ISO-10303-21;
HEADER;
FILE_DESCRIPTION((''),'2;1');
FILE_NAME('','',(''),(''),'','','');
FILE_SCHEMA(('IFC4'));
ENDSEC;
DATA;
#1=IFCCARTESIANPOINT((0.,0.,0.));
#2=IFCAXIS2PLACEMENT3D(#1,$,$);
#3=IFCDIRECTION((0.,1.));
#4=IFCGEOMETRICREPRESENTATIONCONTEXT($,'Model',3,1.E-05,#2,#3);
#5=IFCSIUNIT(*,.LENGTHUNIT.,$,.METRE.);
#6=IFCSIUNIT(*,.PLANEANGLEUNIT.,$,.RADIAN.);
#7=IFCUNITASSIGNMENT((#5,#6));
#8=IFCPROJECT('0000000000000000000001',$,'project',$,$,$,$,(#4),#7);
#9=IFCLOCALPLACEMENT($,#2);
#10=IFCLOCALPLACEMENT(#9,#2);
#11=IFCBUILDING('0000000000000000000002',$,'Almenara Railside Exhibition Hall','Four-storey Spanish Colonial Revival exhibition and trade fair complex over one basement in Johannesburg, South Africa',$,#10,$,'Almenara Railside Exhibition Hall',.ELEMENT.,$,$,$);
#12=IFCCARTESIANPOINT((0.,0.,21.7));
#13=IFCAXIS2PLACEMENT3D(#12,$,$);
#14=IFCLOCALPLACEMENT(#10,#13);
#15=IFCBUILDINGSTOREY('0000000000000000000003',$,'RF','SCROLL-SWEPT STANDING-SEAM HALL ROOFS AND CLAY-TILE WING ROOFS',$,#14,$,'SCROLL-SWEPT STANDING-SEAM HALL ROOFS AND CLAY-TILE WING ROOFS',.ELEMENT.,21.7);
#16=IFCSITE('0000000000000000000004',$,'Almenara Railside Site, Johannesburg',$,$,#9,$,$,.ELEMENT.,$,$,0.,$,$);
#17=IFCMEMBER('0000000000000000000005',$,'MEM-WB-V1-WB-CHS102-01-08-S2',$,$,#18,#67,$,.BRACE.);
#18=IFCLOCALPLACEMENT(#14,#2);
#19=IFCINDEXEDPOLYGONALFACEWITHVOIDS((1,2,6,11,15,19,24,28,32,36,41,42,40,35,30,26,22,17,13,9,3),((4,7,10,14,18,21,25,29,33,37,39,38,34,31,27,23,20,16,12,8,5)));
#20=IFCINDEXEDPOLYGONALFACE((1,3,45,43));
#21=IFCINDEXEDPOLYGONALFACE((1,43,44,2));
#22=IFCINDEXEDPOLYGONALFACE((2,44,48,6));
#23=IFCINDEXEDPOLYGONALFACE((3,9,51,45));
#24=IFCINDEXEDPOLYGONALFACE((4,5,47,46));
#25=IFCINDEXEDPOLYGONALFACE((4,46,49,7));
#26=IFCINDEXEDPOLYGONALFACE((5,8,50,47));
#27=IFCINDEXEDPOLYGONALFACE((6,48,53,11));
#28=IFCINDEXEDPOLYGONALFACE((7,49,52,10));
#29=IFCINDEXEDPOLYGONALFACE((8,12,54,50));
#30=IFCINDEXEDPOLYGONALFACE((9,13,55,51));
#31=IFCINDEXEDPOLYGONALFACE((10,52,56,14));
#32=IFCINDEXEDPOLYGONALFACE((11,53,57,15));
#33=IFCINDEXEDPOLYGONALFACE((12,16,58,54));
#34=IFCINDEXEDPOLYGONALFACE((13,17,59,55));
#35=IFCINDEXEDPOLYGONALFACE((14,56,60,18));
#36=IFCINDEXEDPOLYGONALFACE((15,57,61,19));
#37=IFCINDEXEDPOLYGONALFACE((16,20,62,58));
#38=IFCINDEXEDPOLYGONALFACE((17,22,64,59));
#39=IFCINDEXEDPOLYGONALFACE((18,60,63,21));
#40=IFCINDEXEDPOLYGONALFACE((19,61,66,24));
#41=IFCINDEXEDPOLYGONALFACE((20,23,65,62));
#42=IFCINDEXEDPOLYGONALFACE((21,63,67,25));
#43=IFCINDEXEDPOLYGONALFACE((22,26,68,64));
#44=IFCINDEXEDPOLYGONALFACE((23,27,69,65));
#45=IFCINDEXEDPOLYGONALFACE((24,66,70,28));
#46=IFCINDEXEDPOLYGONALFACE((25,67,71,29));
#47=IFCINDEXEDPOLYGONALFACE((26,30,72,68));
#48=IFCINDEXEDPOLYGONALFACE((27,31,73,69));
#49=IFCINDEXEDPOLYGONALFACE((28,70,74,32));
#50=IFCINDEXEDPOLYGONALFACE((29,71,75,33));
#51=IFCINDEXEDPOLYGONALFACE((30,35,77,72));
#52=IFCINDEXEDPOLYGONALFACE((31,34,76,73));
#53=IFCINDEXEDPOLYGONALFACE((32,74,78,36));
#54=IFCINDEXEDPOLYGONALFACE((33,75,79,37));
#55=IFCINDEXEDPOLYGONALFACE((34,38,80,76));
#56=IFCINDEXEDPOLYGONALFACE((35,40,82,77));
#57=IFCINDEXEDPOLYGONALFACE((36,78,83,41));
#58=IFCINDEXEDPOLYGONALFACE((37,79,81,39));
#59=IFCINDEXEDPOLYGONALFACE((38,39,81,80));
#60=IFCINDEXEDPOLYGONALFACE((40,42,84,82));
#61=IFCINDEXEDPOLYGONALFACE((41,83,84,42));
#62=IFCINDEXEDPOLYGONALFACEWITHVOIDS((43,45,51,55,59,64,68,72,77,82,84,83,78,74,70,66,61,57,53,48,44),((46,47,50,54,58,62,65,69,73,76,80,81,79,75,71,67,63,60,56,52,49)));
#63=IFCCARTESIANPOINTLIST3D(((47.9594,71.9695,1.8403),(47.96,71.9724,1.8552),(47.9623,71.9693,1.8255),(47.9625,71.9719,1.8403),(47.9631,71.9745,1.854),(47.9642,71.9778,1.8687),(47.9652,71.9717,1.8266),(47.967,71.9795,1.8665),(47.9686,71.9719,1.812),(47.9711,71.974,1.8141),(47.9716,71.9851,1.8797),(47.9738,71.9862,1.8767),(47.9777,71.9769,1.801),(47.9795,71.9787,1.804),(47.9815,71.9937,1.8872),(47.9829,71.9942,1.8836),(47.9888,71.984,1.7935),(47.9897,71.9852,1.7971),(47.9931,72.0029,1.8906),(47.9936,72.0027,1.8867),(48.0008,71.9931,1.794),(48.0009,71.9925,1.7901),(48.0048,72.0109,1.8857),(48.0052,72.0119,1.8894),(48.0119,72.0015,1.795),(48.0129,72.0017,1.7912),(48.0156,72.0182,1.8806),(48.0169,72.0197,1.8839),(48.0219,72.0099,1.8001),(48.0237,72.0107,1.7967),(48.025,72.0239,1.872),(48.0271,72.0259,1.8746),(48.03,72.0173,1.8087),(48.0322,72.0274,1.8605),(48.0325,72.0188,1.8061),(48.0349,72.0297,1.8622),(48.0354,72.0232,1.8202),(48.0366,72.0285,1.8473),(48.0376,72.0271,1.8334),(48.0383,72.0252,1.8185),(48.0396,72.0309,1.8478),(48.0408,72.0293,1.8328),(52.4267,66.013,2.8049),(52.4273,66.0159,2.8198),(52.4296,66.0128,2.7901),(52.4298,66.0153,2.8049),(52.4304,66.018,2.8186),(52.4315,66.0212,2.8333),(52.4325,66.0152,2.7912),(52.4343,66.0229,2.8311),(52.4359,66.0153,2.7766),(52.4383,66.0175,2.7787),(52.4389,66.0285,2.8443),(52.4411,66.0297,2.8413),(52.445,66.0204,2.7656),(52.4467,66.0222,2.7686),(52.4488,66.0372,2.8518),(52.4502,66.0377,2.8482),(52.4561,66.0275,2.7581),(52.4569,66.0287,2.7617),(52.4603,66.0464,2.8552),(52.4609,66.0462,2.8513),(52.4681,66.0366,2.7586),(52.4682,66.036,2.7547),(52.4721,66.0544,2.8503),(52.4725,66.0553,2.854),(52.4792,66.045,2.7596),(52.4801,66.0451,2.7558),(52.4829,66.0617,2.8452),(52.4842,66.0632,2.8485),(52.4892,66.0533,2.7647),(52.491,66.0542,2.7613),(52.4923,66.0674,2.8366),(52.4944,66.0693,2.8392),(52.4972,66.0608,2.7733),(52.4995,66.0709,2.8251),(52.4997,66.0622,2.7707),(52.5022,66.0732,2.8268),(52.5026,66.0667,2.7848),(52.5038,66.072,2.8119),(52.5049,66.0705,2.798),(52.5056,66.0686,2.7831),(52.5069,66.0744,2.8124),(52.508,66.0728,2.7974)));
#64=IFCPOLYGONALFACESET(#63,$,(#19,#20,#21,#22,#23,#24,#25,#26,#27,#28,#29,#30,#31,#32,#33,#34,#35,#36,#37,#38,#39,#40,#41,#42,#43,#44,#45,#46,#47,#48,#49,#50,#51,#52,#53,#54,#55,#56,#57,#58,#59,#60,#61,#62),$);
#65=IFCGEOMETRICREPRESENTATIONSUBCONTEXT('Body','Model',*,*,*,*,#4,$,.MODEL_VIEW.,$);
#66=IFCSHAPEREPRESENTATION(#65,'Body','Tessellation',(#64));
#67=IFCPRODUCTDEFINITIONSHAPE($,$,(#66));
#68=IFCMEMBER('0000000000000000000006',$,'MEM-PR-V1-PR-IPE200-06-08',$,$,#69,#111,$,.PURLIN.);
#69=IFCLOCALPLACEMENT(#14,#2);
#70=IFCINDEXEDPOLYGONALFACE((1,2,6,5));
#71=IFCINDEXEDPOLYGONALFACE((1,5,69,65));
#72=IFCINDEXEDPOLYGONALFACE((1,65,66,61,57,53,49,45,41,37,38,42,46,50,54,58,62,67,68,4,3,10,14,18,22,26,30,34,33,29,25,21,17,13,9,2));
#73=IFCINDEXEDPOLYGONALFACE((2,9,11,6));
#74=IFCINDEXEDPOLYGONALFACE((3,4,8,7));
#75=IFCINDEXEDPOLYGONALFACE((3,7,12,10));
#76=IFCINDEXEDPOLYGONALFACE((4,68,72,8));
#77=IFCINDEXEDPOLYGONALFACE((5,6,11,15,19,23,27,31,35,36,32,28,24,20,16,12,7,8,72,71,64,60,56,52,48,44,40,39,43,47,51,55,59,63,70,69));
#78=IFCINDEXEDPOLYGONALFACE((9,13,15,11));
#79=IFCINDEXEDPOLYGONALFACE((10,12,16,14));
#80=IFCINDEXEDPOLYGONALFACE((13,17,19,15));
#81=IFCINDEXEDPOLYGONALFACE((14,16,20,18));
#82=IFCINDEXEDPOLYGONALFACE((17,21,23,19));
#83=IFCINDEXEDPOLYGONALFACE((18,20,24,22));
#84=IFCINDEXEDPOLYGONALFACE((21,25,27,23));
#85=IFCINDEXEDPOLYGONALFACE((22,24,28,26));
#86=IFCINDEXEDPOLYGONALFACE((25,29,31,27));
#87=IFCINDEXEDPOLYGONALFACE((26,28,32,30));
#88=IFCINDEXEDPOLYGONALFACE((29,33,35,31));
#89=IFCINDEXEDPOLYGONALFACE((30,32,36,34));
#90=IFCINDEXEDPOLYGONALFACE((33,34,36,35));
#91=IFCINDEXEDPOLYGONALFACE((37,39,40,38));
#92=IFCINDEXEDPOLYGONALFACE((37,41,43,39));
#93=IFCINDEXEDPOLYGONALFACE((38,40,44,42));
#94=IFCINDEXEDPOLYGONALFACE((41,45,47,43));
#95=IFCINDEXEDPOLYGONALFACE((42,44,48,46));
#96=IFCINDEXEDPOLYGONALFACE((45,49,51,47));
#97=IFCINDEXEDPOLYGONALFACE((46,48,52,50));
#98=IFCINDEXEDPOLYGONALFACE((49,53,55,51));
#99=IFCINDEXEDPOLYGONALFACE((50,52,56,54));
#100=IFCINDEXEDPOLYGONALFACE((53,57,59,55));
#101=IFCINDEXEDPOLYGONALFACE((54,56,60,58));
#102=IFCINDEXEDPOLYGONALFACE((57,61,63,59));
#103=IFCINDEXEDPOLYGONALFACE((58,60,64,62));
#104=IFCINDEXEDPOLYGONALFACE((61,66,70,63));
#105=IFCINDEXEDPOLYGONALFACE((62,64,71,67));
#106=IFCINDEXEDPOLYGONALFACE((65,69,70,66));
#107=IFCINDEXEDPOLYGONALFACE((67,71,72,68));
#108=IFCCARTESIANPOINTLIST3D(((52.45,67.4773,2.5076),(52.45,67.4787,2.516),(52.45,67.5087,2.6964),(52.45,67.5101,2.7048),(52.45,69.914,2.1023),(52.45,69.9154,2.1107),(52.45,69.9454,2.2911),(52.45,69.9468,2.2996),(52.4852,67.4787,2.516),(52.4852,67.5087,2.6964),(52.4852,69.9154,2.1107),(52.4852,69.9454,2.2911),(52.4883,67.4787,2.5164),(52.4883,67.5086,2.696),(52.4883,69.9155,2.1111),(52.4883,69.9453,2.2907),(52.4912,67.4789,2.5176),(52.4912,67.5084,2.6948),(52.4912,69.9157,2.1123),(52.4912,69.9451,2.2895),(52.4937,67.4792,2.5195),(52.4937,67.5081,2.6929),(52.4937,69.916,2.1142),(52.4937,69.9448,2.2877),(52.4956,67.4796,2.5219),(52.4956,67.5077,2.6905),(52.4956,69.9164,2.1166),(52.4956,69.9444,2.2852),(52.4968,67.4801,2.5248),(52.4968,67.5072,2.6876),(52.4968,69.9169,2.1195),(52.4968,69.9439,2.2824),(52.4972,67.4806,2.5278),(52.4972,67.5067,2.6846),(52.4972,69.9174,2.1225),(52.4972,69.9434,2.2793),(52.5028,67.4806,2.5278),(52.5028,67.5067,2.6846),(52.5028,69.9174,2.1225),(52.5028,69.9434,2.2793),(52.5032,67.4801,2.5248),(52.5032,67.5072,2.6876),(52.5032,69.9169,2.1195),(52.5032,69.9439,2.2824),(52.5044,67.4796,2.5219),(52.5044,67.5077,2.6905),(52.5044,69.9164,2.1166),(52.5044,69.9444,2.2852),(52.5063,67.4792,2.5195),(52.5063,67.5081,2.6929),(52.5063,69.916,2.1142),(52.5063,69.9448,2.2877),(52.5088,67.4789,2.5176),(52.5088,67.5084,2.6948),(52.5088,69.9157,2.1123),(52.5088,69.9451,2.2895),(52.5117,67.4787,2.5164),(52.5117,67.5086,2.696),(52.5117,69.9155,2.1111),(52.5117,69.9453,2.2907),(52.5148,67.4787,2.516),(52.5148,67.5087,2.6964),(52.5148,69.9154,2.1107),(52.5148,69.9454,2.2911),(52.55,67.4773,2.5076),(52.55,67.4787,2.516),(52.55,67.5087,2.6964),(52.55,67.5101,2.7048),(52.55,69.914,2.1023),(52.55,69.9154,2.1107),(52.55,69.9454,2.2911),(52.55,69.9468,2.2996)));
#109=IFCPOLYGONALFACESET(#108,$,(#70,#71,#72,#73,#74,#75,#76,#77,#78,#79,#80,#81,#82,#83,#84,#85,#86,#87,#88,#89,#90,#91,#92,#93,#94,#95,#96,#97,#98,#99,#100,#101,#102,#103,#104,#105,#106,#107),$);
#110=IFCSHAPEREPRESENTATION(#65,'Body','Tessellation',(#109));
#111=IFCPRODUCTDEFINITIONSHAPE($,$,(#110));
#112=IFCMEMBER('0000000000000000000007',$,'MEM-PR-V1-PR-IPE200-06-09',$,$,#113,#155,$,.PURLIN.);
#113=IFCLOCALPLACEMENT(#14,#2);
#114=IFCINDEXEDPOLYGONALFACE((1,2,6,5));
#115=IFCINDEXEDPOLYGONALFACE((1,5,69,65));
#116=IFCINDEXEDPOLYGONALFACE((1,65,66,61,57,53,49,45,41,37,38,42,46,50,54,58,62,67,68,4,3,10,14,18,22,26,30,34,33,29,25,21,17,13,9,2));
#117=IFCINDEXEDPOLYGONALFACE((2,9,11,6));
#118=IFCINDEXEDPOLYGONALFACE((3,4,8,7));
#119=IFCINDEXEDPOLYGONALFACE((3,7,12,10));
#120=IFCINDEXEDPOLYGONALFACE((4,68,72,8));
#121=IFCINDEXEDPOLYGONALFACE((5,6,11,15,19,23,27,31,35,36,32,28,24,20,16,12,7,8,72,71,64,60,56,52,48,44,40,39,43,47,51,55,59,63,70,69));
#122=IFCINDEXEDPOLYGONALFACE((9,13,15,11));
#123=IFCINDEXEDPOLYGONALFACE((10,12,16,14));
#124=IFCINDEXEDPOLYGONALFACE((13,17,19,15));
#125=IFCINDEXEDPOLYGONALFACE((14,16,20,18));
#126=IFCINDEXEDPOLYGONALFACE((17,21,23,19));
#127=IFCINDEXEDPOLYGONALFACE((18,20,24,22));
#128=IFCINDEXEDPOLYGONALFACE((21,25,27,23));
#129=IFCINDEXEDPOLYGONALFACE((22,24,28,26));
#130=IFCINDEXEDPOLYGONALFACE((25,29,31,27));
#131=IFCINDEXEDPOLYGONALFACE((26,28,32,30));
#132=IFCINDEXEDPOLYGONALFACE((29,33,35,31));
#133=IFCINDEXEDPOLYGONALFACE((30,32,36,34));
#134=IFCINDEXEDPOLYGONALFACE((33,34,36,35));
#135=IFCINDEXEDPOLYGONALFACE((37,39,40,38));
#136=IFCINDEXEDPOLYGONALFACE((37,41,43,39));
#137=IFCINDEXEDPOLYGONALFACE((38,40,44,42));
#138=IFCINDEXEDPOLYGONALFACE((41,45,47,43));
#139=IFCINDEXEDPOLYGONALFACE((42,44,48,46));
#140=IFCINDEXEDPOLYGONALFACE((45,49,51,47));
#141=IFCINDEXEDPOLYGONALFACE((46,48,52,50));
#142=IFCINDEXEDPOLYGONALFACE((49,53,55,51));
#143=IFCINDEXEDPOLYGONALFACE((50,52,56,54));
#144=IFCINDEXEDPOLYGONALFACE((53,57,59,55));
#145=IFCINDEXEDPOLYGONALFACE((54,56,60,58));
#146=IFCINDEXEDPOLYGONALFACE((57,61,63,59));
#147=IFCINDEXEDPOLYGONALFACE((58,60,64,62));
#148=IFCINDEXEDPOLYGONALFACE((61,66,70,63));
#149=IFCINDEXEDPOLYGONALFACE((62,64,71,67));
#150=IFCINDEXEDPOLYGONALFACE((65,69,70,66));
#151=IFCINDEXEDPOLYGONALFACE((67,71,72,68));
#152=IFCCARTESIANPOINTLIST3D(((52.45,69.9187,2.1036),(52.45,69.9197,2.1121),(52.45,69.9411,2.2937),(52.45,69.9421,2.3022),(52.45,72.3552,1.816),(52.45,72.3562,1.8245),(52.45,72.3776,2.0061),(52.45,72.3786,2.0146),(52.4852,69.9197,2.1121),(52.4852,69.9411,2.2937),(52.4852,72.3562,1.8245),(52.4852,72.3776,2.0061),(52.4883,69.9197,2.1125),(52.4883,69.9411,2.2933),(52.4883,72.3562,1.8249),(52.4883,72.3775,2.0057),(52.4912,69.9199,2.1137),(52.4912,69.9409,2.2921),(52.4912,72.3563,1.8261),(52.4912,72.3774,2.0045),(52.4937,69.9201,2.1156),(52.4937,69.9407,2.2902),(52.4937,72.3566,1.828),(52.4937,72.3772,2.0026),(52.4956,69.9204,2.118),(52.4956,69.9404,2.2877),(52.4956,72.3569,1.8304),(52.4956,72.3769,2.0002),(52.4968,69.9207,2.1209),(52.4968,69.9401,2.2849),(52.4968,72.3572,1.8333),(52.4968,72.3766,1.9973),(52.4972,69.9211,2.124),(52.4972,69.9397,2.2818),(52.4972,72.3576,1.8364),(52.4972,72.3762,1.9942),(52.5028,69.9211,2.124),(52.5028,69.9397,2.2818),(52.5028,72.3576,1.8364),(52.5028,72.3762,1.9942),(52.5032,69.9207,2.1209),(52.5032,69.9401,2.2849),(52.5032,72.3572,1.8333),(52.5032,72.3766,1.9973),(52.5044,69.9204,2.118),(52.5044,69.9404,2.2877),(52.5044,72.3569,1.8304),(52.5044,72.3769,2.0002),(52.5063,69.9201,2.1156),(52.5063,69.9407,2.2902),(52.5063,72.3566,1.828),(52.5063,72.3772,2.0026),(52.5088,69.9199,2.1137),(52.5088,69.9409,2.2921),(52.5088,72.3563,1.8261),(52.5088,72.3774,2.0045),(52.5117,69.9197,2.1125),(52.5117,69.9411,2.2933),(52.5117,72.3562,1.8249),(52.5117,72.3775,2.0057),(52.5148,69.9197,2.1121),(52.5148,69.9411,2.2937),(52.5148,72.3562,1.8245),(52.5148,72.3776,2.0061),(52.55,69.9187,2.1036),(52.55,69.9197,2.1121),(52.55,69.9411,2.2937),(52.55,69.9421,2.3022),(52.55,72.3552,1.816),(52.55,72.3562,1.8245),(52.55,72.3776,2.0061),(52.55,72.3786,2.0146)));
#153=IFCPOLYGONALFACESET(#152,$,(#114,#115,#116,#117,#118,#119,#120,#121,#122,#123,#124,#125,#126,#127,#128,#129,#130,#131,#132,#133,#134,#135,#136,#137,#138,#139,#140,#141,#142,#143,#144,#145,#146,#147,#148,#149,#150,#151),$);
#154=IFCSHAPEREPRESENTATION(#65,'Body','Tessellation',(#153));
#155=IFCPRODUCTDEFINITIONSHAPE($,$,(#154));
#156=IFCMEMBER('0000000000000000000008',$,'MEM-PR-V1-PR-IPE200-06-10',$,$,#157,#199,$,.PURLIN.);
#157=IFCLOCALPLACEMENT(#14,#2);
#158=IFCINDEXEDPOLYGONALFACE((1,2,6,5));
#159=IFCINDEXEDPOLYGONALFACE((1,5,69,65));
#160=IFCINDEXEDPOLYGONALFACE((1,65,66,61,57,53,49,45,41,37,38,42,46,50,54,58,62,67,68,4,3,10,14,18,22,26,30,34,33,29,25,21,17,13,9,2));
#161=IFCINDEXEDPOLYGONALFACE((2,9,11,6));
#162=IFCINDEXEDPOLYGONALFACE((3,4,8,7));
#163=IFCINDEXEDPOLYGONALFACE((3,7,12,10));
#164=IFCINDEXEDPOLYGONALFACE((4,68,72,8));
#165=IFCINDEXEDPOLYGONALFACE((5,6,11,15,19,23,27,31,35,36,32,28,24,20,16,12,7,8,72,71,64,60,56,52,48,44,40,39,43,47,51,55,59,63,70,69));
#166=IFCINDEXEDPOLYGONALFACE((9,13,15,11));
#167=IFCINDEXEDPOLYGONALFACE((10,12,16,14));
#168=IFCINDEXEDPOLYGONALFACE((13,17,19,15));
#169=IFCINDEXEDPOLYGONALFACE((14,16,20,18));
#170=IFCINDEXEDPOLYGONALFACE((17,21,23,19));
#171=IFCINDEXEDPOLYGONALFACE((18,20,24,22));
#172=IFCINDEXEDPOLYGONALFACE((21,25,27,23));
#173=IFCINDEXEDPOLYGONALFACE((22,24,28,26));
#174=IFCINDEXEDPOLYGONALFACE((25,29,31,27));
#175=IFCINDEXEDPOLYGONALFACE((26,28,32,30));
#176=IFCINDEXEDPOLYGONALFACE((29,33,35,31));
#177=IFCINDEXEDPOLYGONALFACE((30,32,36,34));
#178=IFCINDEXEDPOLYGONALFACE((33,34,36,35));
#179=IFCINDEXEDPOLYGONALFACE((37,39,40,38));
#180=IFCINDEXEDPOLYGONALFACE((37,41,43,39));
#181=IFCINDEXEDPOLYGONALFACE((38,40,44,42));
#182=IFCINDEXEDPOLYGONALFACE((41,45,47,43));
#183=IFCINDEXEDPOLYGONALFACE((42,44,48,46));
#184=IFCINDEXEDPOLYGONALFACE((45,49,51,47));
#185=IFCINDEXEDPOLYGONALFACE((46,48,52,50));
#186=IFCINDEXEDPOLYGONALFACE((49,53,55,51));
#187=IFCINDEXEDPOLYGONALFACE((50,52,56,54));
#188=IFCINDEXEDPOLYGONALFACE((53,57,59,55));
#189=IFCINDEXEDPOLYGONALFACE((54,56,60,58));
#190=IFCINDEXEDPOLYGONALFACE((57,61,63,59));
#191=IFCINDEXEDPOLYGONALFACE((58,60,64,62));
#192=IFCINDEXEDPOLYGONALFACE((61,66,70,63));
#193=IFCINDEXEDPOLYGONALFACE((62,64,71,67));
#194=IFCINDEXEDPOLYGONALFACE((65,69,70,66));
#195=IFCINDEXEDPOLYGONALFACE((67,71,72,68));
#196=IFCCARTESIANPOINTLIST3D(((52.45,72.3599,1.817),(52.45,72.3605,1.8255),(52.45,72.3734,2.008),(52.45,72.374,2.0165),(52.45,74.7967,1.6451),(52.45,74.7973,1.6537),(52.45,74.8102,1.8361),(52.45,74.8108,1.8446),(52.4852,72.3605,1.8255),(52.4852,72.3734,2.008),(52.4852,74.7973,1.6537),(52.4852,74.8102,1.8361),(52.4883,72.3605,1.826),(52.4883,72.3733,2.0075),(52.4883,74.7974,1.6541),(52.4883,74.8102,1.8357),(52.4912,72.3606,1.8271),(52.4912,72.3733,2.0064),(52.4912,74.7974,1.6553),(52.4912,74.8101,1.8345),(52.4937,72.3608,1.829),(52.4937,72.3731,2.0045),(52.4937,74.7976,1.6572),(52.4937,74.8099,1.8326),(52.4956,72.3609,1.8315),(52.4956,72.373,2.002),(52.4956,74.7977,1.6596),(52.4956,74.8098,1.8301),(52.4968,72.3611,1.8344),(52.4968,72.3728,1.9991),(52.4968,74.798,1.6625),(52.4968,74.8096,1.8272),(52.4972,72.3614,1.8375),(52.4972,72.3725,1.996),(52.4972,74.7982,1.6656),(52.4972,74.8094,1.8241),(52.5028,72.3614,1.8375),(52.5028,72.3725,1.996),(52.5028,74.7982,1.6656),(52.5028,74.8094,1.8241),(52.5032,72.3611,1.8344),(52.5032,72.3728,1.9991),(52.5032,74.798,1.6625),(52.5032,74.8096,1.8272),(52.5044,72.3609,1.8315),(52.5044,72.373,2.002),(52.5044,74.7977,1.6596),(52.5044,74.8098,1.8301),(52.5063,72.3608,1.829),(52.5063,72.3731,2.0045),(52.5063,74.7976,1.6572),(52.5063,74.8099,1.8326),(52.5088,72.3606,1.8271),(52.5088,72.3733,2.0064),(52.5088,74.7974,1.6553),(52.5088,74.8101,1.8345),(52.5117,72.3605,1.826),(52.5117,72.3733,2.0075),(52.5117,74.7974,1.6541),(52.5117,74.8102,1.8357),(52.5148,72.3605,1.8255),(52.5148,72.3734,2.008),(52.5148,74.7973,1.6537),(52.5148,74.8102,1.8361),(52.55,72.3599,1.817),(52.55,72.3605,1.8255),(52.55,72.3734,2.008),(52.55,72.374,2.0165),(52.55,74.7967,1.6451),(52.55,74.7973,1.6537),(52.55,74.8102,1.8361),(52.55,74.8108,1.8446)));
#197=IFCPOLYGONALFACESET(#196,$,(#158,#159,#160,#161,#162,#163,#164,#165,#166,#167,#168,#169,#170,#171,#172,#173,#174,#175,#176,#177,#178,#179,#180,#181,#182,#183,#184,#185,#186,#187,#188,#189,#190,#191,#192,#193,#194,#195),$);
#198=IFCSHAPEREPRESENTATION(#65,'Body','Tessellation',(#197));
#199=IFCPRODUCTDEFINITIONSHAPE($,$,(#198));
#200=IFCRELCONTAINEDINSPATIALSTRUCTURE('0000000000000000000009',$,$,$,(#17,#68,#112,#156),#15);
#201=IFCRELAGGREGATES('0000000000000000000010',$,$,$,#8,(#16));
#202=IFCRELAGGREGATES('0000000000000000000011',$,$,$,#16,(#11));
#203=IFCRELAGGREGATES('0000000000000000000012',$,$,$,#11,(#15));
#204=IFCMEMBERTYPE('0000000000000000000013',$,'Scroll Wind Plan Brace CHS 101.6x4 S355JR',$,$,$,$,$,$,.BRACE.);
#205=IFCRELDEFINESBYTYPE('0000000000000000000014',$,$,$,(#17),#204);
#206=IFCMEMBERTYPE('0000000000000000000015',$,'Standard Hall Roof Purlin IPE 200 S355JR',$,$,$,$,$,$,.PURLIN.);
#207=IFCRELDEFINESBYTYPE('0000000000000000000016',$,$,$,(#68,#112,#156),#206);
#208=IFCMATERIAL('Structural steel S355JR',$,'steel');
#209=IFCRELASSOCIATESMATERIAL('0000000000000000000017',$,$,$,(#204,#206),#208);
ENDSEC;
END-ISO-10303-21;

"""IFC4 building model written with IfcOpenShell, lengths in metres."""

from ifc_helpers import new_model, si_unit, direction, frame, origin, origin_2d, place, context, subcontext, project, spatial, hollow_circle, i_section, extrude, material, material_profile, profile_set, type_object, element, save


model = new_model("IFC4")

# Units and contexts
model_context = context("Model", 3, precision=1e-05, world=origin(), true_north=direction((0.0, 1.0)))
body_context = subcontext(model_context, "Body", "Model", "MODEL_VIEW")
ifc_project = project(units=[si_unit("LENGTHUNIT", "METRE"), si_unit("PLANEANGLEUNIT", "RADIAN")], contexts=[model_context])

# Site, building, storey
site_placement = place(None, origin())
site = spatial("IfcSite", under=ifc_project, at=site_placement, Name="Almenara Railside Site, Johannesburg", CompositionType="ELEMENT", RefElevation=0.0)
building_placement = place(site_placement, origin())
building = spatial("IfcBuilding", under=site, at=building_placement, Name="Almenara Railside Exhibition Hall", Description="Four-storey Spanish Colonial Revival exhibition and trade fair complex over one basement in Johannesburg, South Africa", LongName="Almenara Railside Exhibition Hall", CompositionType="ELEMENT")
storey_placement = place(building_placement, frame((0.0, 0.0, 21.7)))
storey = spatial("IfcBuildingStorey", under=building, at=storey_placement, Name="RF", Description="SCROLL-SWEPT STANDING-SEAM HALL ROOFS AND CLAY-TILE WING ROOFS", LongName="SCROLL-SWEPT STANDING-SEAM HALL ROOFS AND CLAY-TILE WING ROOFS", CompositionType="ELEMENT", Elevation=21.7)

# Members
ifc_material_1 = material(Name="Structural steel S355JR", Category="steel")
ifc_material_profile_1 = material_profile(ifc_material_1, hollow_circle(Radius=0.0508, WallThickness=0.0039, at=origin_2d()), Name="CHS 101.6x4")
ifc_profile_set_1 = profile_set([ifc_material_profile_1], Name="Structural steel S355JR")
member_type_1 = type_object("IfcMemberType", Name="Scroll Wind Plan Brace CHS 101.6x4 S355JR", PredefinedType="BRACE", material=ifc_profile_set_1)
member_1_placement = place(storey_placement, frame((52.4673, 66.0435, 2.8049), z_axis=(-0.595017, 0.793378, -0.128479), x_axis=(-0.800008, -0.59999, 0.0)))
element("IfcMember", 1, at=member_1_placement, inside=storey, type_object=member_type_1, Name="MEM-WB-V1-WB-CHS102-01-08-S2", PredefinedType="BRACE", context=body_context, shape_type="SweptSolid", body=[
    extrude(hollow_circle(Radius=0.0508, WallThickness=0.0039, at=origin_2d()), origin(), (0.0, 0.0, 1.0), 7.5078),
])
ifc_material_profile_2 = material_profile(ifc_material_1, i_section(OverallWidth=0.1001, OverallDepth=0.2, WebThickness=0.0056, FlangeThickness=0.0085, FilletRadius=0.012, at=origin_2d()), Name="IPE 200")
ifc_profile_set_2 = profile_set([ifc_material_profile_2], Name="Structural steel S355JR")
member_type_2 = type_object("IfcMemberType", Name="Standard Hall Roof Purlin IPE 200 S355JR", PredefinedType="PURLIN", material=ifc_profile_set_2)
member_2_placement = place(storey_placement, frame((52.5, 67.4937, 2.6062), z_axis=(0.0, 0.98645, -0.164062), x_axis=(-1.0, 0.0, 0.0)))
element("IfcMember", 2, at=member_2_placement, inside=storey, type_object=member_type_2, Name="MEM-PR-V1-PR-IPE200-06-08", PredefinedType="PURLIN", context=body_context, shape_type="SweptSolid", body=[
    extrude(i_section(OverallWidth=0.1001, OverallDepth=0.2, WebThickness=0.0056, FlangeThickness=0.0085, FilletRadius=0.012, at=origin_2d()), origin(), (0.0, 0.0, 1.0), 2.4702),
])
member_3_placement = place(storey_placement, frame((52.5, 69.9304, 2.2029), z_axis=(0.0, 0.993106, -0.117222), x_axis=(-1.0, 0.0, 0.0)))
element("IfcMember", 3, at=member_3_placement, inside=storey, type_object=member_type_2, Name="MEM-PR-V1-PR-IPE200-06-09", PredefinedType="PURLIN", context=body_context, shape_type="SweptSolid", body=[
    extrude(i_section(OverallWidth=0.1001, OverallDepth=0.2, WebThickness=0.0056, FlangeThickness=0.0085, FilletRadius=0.012, at=origin_2d()), origin(), (0.0, 0.0, 1.0), 2.4534),
])
member_4_placement = place(storey_placement, frame((52.5, 72.3669, 1.9167), z_axis=(0.0, 0.997522, -0.070359), x_axis=(-1.0, 0.0, 0.0)))
element("IfcMember", 4, at=member_4_placement, inside=storey, type_object=member_type_2, Name="MEM-PR-V1-PR-IPE200-06-10", PredefinedType="PURLIN", context=body_context, shape_type="SweptSolid", body=[
    extrude(i_section(OverallWidth=0.1001, OverallDepth=0.2, WebThickness=0.0056, FlangeThickness=0.0085, FilletRadius=0.012, at=origin_2d()), origin(), (0.0, 0.0, 1.0), 2.4429),
])

save(model, "model.ifc")
